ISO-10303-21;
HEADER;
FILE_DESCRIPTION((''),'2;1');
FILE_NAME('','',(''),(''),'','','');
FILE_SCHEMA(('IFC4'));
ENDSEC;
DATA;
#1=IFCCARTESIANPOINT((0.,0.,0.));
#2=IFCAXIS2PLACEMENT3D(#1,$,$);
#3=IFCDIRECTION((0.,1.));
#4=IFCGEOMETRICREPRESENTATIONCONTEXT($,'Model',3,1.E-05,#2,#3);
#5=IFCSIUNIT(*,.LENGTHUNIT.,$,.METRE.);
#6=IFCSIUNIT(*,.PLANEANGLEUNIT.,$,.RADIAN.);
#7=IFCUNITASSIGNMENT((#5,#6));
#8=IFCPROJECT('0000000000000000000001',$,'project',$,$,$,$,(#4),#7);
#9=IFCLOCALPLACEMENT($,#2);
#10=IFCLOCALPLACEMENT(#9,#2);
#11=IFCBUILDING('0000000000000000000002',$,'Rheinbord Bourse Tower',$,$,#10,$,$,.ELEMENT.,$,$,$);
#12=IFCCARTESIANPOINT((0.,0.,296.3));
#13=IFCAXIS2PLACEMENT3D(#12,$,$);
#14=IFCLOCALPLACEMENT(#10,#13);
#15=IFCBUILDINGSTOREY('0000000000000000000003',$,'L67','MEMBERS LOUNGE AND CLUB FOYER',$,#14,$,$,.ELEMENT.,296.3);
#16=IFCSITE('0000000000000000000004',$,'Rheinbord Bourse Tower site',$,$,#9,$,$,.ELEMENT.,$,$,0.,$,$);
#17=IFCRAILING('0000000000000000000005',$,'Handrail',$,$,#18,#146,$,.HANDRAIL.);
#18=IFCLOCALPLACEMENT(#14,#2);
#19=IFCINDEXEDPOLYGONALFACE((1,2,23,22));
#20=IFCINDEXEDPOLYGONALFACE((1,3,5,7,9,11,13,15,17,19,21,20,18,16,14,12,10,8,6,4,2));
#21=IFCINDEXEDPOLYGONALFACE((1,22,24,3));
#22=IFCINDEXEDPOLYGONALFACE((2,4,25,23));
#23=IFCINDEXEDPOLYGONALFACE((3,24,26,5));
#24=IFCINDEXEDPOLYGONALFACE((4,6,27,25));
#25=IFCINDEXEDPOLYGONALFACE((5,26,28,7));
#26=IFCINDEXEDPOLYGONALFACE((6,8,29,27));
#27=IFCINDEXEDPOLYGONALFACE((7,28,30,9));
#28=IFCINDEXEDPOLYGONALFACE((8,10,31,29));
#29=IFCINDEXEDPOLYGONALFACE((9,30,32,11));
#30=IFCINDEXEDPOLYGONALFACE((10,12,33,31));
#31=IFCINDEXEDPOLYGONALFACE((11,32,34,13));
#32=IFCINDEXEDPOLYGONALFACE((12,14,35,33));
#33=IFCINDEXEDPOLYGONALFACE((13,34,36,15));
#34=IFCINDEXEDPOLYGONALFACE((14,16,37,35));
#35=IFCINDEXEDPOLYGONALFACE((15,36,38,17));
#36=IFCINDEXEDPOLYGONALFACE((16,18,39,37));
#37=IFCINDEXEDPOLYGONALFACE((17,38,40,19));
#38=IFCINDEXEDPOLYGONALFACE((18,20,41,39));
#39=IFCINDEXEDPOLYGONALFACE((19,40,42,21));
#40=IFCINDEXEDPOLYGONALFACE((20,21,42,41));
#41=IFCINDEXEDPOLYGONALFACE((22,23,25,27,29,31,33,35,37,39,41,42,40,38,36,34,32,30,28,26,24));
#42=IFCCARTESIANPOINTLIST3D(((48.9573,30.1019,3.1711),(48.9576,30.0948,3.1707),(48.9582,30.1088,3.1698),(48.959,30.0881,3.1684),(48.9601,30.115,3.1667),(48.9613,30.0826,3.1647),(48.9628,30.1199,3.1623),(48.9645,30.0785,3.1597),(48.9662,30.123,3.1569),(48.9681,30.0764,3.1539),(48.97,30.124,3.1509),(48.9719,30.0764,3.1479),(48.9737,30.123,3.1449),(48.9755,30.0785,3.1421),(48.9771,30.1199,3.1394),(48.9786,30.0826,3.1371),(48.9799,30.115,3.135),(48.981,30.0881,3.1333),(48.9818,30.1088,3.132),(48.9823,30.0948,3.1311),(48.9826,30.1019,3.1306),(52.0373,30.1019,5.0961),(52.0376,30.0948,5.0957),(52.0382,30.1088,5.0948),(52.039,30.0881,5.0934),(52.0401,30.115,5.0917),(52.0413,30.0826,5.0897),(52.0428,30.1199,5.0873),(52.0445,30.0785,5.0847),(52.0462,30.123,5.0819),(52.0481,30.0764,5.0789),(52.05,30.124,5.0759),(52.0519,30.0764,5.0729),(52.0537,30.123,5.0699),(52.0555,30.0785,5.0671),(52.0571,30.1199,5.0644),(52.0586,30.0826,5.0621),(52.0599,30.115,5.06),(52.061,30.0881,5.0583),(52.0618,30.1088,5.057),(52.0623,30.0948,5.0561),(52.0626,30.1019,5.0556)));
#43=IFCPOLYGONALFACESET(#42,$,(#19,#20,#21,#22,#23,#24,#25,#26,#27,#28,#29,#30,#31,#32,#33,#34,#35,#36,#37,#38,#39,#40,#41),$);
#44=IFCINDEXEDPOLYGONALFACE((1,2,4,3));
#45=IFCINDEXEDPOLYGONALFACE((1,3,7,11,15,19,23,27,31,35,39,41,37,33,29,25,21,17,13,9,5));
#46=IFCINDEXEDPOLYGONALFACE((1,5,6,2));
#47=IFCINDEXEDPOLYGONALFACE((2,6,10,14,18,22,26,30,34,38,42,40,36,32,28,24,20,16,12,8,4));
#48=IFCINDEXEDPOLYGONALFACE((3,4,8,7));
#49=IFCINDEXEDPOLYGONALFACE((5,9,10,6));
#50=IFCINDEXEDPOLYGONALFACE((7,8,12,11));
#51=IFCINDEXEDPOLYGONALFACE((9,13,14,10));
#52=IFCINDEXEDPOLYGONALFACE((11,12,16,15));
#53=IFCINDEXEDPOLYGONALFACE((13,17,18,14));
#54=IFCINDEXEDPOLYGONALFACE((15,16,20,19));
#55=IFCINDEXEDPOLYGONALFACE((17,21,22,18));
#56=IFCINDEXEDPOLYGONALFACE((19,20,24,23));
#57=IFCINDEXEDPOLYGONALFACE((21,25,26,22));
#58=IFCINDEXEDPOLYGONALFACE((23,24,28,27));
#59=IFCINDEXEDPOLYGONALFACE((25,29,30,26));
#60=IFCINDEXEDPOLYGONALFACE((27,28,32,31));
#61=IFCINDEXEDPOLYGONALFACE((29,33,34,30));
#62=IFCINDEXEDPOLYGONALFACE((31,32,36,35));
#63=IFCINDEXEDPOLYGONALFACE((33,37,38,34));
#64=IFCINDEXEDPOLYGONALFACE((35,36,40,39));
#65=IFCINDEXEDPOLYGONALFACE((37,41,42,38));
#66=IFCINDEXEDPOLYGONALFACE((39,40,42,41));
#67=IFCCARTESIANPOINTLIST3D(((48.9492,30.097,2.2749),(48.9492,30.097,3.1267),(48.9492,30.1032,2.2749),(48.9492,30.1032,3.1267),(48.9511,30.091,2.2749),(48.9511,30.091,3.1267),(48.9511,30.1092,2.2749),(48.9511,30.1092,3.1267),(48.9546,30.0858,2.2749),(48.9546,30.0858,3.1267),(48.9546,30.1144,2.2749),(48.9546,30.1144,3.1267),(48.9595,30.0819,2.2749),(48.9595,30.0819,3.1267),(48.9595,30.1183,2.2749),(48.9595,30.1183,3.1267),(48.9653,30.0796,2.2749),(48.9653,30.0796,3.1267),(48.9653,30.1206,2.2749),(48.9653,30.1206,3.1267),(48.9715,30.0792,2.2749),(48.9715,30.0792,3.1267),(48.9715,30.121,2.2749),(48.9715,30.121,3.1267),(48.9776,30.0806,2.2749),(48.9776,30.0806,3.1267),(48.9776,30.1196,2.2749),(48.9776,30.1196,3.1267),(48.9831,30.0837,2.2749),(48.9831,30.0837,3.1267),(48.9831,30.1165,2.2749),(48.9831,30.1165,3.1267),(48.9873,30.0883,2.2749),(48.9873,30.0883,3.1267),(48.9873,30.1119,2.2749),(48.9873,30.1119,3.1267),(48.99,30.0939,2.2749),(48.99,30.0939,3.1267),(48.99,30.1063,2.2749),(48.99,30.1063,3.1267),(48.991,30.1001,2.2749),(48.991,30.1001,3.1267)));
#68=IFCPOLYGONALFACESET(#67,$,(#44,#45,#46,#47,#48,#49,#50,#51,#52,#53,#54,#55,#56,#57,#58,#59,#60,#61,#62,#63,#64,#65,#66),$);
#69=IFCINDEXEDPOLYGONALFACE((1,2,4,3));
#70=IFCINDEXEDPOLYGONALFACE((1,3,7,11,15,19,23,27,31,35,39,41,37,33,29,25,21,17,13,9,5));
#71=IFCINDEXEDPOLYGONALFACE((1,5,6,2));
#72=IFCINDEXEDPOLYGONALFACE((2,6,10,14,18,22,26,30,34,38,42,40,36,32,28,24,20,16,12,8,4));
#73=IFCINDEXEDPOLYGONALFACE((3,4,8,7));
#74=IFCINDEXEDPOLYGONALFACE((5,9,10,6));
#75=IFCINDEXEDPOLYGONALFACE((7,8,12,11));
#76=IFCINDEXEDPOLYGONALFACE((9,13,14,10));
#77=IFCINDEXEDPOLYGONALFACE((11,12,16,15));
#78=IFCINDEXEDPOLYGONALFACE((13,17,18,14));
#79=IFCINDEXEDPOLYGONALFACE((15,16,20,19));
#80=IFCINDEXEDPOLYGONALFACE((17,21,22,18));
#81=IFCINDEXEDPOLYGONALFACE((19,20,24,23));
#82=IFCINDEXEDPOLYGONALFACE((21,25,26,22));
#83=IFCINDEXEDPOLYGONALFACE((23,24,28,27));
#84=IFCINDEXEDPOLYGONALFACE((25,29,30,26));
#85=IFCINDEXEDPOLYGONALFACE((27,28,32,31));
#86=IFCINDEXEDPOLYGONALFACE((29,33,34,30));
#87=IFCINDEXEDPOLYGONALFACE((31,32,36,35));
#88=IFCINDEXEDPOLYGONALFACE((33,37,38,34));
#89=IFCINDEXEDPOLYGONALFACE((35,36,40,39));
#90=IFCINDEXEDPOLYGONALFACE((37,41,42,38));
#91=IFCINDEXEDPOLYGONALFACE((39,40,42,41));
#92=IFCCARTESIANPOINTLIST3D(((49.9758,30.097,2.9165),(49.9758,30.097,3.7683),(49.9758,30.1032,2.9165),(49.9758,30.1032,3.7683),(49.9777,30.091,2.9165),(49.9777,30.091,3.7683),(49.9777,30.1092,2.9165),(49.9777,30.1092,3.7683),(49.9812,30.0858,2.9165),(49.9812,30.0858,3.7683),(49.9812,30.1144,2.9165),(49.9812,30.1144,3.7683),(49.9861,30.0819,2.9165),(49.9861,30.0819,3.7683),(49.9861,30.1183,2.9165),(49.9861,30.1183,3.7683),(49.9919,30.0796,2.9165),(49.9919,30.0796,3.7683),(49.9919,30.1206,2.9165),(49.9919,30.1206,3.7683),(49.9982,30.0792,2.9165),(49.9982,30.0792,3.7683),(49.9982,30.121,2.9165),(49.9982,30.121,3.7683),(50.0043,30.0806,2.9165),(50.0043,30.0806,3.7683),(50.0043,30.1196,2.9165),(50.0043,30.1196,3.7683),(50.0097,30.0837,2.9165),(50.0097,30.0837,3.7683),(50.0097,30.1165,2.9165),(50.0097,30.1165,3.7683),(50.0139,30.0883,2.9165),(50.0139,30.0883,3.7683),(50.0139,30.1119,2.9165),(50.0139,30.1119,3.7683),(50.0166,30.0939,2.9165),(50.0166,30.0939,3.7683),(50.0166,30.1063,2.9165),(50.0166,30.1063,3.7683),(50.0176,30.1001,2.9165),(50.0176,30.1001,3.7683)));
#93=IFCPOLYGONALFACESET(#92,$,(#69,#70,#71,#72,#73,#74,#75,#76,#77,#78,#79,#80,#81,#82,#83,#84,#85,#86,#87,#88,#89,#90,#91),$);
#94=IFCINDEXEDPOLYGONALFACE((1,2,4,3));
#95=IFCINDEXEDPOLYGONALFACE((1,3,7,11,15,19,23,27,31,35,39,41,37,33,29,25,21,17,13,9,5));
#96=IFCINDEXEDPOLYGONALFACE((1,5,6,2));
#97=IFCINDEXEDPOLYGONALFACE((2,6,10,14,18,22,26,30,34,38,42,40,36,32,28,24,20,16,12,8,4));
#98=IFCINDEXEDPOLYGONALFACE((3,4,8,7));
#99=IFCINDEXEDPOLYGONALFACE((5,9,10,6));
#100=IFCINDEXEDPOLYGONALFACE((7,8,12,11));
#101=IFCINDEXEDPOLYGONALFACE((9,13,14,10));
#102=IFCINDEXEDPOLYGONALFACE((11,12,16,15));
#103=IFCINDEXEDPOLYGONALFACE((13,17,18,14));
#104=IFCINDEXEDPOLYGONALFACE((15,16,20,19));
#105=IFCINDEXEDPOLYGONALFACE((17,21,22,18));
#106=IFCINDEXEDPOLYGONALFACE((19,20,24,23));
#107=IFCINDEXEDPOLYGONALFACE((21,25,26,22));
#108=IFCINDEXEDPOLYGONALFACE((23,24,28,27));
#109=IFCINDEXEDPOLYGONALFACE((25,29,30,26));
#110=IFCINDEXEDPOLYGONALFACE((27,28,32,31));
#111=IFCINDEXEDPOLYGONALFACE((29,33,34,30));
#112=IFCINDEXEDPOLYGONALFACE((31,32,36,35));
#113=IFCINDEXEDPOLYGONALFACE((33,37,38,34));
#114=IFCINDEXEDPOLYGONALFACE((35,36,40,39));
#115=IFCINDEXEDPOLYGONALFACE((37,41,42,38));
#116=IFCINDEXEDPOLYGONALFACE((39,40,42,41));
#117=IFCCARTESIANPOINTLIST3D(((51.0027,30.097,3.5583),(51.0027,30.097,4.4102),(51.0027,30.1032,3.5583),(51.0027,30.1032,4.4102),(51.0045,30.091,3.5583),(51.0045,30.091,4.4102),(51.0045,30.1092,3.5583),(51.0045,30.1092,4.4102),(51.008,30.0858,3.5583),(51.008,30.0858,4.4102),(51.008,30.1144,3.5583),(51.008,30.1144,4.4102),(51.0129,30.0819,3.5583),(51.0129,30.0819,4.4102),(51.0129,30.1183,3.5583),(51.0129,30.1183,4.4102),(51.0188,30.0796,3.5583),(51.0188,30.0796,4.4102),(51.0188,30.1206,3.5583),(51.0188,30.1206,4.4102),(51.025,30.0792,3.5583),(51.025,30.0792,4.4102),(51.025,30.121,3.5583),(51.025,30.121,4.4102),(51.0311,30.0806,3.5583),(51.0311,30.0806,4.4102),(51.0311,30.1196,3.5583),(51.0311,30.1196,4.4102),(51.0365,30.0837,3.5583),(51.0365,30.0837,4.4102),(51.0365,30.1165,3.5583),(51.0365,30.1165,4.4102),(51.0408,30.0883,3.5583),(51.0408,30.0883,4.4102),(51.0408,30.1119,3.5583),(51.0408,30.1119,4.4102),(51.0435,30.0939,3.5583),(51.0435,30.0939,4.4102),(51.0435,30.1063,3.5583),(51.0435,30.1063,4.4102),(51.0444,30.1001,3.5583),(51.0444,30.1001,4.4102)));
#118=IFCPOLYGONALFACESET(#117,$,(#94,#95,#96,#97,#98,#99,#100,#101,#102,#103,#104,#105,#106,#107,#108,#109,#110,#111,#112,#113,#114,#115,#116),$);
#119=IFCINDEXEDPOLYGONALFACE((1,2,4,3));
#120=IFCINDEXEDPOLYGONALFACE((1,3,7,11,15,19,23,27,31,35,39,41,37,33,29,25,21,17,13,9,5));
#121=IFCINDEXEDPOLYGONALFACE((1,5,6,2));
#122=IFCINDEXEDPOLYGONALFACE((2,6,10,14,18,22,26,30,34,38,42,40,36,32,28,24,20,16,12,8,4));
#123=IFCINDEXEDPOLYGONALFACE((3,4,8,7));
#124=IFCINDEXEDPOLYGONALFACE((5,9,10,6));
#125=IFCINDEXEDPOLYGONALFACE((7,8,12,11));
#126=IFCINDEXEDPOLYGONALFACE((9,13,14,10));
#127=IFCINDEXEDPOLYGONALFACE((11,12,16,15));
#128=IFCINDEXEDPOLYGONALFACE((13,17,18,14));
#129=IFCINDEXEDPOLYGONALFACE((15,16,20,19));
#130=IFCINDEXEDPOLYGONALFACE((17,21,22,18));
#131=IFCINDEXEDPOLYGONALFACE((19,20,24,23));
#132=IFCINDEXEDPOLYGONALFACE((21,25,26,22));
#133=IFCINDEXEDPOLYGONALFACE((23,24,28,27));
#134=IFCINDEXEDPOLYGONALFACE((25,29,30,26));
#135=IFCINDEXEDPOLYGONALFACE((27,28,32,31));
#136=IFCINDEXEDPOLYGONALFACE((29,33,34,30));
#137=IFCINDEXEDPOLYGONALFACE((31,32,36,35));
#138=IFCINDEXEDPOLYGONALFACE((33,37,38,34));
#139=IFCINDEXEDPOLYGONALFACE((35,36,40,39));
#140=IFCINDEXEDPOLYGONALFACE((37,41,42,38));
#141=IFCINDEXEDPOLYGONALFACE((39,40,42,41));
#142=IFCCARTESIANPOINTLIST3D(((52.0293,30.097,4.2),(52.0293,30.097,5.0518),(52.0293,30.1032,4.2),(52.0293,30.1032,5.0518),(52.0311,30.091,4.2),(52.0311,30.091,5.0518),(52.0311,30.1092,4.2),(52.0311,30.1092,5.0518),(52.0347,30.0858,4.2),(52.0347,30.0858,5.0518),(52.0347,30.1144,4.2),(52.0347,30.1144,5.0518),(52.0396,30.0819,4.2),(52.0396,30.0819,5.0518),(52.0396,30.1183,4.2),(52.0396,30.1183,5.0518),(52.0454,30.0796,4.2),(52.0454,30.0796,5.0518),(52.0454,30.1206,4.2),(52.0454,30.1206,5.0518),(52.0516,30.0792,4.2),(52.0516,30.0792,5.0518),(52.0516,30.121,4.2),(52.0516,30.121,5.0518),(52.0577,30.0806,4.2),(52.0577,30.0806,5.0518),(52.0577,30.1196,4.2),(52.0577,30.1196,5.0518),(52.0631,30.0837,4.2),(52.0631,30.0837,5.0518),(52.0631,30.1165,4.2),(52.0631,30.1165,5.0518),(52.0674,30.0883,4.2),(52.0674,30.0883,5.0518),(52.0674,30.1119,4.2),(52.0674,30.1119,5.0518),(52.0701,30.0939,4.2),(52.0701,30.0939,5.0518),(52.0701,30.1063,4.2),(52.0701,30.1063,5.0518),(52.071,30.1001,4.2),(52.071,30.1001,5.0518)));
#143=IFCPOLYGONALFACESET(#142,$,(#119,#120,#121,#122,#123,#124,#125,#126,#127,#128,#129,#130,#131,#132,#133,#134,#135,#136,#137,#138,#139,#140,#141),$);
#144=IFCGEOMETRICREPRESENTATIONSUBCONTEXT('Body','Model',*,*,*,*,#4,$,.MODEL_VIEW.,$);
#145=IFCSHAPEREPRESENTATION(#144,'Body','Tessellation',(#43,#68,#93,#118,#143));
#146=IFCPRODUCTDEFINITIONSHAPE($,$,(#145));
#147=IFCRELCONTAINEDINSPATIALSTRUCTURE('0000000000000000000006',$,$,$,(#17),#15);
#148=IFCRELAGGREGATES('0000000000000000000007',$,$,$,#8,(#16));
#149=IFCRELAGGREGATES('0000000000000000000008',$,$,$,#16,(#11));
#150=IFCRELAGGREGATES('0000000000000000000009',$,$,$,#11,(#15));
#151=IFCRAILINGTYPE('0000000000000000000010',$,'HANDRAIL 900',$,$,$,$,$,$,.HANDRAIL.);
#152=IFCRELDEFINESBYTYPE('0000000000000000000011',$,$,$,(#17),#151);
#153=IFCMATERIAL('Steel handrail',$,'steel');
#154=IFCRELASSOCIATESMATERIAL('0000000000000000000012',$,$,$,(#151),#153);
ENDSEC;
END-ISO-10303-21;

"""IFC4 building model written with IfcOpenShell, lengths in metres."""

from ifc_helpers import new_model, si_unit, direction, frame, origin, origin_2d, place, context, subcontext, project, spatial, circle, extrude, material, type_object, element, save


model = new_model("IFC4")

# Units and contexts
model_context = context("Model", 3, precision=1e-05, world=origin(), true_north=direction((0.0, 1.0)))
body_context = subcontext(model_context, "Body", "Model", "MODEL_VIEW")
ifc_project = project(units=[si_unit("LENGTHUNIT", "METRE"), si_unit("PLANEANGLEUNIT", "RADIAN")], contexts=[model_context])

# Site, building, storey
site_placement = place(None, origin())
site = spatial("IfcSite", under=ifc_project, at=site_placement, Name="Rheinbord Bourse Tower site", CompositionType="ELEMENT", RefElevation=0.0)
building_placement = place(site_placement, origin())
building = spatial("IfcBuilding", under=site, at=building_placement, Name="Rheinbord Bourse Tower", CompositionType="ELEMENT")
storey_placement = place(building_placement, frame((0.0, 0.0, 296.3)))
storey = spatial("IfcBuildingStorey", under=building, at=storey_placement, Name="L67", Description="MEMBERS LOUNGE AND CLUB FOYER", CompositionType="ELEMENT", Elevation=296.3)

# Railing
ifc_material_1 = material(Name="Steel handrail", Category="steel")
railing_type = type_object("IfcRailingType", Name="HANDRAIL 900", PredefinedType="HANDRAIL", material=ifc_material_1)
railing_1_placement = place(storey_placement, frame((48.97, 30.1001, 2.2749)))
element("IfcRailing", 1, at=railing_1_placement, inside=storey, type_object=railing_type, Name="Handrail", PredefinedType="HANDRAIL", context=body_context, shape_type="SweptSolid", body=[
    extrude(circle(Radius=0.0239, at=origin_2d()), frame((0.0, 0.0, 0.876), z_axis=(0.847998, 0.0, 0.529999), x_axis=(0.0, 1.0, 0.0)), (0.0, 0.0, 1.0), 3.6321),
    extrude(circle(Radius=0.021, at=origin_2d()), origin(), (0.0, 0.0, 1.0), 0.8518),
    extrude(circle(Radius=0.021, at=origin_2d()), frame((1.0266, 0.0, 0.6416)), (0.0, 0.0, 1.0), 0.8518),
    extrude(circle(Radius=0.021, at=origin_2d()), frame((2.0535, 0.0, 1.2834)), (0.0, 0.0, 1.0), 0.8518),
    extrude(circle(Radius=0.021, at=origin_2d()), frame((3.0801, 0.0, 1.925)), (0.0, 0.0, 1.0), 0.8518),
])

save(model, "model.ifc")
